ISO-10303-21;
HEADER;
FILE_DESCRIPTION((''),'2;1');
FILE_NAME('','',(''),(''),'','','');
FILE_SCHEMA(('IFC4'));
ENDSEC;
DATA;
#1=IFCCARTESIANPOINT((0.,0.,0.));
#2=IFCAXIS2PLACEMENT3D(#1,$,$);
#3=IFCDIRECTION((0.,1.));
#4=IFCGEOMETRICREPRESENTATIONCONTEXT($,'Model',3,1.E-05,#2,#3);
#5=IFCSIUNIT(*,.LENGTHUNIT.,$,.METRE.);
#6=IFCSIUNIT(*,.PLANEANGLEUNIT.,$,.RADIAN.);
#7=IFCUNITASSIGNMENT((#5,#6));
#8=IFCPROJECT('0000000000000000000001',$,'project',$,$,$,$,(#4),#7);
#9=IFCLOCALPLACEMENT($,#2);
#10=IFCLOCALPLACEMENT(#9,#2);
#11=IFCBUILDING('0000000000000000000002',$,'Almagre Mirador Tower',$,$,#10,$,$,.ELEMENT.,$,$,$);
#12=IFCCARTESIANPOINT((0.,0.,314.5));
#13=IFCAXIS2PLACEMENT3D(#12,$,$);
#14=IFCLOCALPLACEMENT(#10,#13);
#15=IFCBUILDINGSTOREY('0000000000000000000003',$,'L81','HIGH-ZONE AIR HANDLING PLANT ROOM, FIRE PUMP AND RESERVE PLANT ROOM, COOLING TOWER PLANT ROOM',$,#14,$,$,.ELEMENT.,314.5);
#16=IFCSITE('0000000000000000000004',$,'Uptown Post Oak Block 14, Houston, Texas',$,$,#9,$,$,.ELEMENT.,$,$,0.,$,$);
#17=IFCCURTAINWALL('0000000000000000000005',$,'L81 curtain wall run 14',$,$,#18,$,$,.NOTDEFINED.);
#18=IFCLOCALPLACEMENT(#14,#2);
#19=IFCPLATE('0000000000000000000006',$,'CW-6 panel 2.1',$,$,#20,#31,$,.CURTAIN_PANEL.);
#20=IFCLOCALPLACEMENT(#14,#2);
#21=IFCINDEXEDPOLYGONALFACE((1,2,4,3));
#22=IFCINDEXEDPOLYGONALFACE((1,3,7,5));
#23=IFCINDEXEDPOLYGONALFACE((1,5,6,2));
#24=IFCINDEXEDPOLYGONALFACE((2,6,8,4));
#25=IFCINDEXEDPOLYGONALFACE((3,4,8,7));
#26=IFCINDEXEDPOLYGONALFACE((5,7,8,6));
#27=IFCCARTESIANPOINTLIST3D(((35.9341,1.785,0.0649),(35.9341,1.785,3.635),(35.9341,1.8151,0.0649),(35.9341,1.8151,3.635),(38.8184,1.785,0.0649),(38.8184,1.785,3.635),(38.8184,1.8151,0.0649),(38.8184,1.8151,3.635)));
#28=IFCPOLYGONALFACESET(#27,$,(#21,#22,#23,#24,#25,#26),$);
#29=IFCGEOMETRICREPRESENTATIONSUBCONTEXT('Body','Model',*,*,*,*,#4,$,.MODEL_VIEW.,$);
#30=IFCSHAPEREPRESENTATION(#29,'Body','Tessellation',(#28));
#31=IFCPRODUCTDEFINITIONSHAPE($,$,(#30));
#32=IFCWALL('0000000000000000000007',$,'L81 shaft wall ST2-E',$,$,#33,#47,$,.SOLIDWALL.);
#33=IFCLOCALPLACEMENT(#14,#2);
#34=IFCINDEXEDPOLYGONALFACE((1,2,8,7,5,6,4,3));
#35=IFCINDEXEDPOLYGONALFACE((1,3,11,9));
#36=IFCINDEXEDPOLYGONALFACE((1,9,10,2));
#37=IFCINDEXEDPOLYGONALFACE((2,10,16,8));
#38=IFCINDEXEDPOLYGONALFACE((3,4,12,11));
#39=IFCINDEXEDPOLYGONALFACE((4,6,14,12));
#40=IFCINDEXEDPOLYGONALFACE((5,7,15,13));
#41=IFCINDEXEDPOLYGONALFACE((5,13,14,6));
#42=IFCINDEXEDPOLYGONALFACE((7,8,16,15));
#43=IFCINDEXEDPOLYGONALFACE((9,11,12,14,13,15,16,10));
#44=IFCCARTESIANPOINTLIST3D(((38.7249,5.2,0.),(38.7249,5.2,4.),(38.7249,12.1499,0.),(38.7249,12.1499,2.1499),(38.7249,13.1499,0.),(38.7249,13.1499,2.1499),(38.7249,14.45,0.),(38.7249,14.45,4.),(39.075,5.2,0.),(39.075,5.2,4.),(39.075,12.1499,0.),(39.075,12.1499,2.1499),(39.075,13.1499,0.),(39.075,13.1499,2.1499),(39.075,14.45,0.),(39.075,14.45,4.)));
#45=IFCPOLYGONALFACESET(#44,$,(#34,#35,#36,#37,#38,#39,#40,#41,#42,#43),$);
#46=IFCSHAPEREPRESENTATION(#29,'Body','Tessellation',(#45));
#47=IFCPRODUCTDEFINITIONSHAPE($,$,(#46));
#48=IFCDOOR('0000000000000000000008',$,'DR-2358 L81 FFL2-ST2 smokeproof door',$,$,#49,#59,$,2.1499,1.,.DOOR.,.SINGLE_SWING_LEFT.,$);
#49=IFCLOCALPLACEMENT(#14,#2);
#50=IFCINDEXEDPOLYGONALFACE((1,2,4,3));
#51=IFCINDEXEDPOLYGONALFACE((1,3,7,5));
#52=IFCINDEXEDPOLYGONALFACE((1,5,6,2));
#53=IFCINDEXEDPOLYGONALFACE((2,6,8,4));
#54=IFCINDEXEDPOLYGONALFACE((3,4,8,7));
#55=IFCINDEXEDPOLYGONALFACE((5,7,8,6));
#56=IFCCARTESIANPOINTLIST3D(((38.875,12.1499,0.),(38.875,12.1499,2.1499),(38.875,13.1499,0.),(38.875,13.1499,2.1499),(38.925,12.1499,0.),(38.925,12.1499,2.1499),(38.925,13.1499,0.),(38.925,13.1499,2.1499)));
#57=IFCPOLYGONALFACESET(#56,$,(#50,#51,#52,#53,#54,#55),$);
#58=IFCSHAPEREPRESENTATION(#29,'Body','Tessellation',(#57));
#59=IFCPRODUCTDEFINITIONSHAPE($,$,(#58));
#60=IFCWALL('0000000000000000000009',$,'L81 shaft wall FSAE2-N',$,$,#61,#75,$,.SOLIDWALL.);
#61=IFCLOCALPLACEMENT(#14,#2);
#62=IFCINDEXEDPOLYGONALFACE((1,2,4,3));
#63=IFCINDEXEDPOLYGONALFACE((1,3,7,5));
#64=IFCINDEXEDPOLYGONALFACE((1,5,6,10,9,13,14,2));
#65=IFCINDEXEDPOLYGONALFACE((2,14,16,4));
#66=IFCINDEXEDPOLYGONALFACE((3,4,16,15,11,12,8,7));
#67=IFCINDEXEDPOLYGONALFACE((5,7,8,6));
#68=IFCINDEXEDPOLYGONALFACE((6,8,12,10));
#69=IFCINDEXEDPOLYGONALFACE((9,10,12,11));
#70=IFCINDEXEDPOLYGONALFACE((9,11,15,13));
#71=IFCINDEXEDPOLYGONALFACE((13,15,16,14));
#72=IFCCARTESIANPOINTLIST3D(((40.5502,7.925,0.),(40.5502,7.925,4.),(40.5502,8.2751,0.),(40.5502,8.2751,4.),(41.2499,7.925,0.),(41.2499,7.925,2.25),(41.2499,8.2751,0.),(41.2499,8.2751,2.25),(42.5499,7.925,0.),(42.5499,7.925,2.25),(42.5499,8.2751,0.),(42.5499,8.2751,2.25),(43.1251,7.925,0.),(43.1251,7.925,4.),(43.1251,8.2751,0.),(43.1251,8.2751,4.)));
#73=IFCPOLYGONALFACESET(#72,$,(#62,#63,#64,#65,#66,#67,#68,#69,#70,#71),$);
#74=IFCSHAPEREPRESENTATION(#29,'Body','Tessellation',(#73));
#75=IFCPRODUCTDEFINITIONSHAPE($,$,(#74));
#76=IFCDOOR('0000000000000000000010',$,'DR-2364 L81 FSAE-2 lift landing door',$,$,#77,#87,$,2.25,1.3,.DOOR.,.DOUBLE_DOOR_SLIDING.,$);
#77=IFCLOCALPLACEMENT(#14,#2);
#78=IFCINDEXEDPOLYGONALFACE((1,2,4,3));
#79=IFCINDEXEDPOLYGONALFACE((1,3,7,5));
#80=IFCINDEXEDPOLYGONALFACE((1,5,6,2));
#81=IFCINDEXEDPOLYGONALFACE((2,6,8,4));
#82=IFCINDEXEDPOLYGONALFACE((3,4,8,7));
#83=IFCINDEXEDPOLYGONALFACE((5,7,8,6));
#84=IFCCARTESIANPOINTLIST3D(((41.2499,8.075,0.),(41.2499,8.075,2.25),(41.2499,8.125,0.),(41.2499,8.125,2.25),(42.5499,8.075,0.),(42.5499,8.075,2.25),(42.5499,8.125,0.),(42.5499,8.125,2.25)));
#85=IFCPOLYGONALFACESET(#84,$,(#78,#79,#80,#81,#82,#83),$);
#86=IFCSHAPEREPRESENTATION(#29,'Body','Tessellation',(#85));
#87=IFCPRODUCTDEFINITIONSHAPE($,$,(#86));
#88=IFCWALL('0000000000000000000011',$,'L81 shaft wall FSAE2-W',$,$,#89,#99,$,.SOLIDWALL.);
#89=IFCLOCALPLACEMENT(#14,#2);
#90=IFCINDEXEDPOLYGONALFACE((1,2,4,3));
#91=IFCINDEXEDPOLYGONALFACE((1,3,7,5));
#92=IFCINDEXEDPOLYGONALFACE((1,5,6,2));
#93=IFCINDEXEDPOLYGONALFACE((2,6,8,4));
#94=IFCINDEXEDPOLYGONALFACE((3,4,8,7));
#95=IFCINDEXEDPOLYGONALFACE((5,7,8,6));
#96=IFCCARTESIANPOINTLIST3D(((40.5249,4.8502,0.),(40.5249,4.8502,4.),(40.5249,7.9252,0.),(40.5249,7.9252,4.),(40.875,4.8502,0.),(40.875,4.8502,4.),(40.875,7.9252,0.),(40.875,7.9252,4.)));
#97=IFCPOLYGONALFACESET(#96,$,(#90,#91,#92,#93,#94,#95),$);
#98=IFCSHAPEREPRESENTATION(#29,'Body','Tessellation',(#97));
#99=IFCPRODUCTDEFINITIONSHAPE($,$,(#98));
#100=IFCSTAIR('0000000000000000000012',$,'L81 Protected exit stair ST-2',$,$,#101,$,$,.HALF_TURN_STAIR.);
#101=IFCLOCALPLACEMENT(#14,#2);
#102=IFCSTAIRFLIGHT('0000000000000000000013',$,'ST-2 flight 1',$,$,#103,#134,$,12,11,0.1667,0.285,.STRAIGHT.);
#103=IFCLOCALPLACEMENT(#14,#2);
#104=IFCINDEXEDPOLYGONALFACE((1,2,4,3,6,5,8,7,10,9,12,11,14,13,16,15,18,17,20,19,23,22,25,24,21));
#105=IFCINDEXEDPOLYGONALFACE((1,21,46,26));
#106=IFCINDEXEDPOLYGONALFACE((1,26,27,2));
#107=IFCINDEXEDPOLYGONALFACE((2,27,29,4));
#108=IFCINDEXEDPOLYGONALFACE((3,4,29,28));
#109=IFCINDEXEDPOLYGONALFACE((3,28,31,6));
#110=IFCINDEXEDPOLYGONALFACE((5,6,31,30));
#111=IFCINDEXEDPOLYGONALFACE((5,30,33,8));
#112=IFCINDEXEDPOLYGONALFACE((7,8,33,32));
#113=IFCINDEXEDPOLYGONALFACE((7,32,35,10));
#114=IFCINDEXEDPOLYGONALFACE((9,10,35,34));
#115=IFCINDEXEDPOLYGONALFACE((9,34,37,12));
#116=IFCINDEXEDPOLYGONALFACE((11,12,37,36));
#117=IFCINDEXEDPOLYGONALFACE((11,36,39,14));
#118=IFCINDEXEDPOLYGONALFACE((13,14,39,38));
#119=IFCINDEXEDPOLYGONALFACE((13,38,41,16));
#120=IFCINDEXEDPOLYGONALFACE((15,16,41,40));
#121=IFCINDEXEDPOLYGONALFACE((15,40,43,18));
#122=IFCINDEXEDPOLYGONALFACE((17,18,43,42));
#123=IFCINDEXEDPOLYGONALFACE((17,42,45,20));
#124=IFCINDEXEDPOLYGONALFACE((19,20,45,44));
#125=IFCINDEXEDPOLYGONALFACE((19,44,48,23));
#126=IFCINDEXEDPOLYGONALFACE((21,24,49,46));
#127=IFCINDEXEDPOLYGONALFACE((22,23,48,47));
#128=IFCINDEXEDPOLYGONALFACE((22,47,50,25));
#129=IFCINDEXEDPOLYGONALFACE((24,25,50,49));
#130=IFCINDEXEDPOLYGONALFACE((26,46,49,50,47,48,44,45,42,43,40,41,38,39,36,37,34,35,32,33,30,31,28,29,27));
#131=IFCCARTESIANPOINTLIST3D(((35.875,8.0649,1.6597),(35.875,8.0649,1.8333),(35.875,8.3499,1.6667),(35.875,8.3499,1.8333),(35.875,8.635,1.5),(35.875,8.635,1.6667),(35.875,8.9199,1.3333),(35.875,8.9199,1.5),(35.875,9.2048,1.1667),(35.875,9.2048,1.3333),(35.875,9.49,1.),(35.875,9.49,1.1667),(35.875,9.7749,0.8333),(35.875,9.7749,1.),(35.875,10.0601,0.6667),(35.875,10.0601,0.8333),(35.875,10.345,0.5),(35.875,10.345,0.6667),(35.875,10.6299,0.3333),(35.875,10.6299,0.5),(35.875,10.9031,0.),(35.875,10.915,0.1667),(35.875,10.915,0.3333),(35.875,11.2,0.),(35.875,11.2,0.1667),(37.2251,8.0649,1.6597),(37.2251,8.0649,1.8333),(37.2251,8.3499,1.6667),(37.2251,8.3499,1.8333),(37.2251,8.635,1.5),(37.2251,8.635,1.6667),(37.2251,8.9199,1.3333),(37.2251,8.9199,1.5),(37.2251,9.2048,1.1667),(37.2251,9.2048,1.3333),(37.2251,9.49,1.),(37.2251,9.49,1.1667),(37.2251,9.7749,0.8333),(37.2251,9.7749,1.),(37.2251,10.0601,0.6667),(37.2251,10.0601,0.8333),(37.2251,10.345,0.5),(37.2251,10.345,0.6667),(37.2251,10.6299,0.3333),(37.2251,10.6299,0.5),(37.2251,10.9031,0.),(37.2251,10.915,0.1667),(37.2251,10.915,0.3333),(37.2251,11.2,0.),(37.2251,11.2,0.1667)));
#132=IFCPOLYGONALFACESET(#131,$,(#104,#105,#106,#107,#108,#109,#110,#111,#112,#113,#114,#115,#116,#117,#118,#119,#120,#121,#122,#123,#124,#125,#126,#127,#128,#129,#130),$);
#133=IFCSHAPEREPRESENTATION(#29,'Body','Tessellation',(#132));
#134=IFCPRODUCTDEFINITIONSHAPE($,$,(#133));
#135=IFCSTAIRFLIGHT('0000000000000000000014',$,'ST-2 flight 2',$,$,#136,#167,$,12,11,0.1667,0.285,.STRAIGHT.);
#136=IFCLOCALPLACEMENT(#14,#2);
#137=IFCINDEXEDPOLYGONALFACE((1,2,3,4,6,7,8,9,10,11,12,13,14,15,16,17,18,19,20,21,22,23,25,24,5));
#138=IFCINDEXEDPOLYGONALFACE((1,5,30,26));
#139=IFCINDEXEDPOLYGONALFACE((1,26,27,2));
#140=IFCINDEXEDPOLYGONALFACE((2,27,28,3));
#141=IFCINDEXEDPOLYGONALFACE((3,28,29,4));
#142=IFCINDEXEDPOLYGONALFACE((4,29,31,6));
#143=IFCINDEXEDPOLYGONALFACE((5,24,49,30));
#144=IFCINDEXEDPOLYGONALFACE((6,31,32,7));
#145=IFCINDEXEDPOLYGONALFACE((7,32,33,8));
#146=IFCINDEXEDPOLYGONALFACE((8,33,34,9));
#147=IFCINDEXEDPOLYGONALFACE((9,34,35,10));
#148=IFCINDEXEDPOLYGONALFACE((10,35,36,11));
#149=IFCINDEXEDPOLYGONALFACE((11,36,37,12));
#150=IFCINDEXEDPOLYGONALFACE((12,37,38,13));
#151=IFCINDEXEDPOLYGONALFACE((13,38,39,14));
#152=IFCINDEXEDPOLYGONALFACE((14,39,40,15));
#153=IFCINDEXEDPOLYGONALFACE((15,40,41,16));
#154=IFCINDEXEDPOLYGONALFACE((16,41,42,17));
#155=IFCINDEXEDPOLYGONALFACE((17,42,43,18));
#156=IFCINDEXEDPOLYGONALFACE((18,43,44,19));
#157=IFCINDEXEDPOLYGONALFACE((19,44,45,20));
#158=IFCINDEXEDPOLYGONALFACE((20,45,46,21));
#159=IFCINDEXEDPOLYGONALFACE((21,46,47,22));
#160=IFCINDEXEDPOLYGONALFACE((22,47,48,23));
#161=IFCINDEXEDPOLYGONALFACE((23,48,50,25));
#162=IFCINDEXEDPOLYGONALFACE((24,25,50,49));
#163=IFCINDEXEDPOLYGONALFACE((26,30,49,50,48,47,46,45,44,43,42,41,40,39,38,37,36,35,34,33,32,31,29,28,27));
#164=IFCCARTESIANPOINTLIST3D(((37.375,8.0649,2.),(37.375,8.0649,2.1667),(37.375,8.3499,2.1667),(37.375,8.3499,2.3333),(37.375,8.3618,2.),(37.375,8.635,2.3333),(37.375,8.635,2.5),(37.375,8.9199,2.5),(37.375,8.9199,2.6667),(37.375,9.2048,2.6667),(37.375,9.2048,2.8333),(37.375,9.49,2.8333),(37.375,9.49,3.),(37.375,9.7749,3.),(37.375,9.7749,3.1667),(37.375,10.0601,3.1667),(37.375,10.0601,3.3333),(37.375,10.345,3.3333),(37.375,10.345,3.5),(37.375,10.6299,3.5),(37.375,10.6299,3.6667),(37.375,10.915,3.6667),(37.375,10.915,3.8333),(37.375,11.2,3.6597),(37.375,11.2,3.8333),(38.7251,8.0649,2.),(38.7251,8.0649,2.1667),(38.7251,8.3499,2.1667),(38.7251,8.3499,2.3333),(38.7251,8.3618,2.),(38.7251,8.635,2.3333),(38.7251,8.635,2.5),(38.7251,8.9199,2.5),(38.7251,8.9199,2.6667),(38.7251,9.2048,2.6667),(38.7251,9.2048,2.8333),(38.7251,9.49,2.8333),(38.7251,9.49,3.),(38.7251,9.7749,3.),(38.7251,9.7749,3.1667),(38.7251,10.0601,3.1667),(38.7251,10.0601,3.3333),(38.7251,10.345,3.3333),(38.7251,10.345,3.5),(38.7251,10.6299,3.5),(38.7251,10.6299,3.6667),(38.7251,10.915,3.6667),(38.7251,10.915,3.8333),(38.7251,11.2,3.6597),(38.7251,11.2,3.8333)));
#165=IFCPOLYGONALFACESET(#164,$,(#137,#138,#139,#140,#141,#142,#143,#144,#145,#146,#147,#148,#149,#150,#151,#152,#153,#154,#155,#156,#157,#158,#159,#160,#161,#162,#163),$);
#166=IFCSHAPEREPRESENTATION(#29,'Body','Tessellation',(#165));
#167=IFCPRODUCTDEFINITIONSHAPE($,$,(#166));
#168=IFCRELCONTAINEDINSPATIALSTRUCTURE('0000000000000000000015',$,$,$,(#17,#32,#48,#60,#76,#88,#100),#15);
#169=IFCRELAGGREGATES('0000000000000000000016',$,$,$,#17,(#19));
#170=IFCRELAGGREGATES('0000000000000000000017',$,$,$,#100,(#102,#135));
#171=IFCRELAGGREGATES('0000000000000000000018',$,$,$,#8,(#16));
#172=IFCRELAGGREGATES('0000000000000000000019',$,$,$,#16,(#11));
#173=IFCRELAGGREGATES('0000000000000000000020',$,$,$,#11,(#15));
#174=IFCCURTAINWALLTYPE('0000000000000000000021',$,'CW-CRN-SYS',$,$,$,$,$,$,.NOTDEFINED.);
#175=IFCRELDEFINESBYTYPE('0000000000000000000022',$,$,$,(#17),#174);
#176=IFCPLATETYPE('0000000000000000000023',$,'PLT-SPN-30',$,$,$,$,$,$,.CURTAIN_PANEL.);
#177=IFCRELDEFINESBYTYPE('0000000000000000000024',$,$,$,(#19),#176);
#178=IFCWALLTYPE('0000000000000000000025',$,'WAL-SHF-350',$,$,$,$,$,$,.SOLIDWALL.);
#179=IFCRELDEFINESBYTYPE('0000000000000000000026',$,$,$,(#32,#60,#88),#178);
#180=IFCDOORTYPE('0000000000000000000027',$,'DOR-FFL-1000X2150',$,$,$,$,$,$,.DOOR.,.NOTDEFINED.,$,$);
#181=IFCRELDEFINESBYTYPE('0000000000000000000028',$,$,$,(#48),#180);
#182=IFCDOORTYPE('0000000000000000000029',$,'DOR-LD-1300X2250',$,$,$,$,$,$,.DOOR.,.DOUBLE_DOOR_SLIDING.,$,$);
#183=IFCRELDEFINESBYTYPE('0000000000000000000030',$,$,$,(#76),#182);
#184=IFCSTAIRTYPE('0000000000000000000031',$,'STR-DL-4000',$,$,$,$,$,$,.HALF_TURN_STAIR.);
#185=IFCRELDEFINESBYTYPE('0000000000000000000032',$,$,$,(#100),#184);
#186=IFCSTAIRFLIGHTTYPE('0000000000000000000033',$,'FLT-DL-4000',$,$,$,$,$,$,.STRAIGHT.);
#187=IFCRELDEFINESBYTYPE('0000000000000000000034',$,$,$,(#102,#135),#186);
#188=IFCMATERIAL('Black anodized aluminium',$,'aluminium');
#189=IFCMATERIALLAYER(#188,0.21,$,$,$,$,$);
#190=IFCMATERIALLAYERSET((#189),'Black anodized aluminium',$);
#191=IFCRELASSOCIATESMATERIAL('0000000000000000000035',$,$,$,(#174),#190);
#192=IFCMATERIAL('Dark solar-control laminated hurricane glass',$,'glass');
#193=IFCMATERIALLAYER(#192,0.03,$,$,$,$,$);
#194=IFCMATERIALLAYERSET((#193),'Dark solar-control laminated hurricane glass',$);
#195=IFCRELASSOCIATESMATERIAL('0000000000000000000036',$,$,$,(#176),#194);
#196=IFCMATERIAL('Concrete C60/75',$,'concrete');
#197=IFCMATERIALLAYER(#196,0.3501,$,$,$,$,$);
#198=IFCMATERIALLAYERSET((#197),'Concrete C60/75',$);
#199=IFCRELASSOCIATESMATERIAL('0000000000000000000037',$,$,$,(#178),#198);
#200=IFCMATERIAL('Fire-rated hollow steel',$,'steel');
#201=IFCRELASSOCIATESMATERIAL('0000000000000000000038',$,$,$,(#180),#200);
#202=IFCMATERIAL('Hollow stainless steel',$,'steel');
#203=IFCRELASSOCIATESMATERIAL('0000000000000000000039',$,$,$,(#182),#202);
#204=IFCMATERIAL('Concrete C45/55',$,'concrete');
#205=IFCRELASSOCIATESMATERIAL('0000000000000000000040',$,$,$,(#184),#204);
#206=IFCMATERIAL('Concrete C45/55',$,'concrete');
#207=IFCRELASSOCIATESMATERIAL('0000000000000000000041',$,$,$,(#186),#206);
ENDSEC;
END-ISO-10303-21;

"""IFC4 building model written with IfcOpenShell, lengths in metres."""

from ifc_helpers import new_model, si_unit, direction, frame, frame_2d, origin, origin_2d, place, context, subcontext, project, spatial, polyline, rectangle, outline, extrude, material, layer, layer_set, type_object, element, fill, aggregate, save


model = new_model("IFC4")

# Units and contexts
model_context = context("Model", 3, precision=1e-05, world=origin(), true_north=direction((0.0, 1.0)))
body_context = subcontext(model_context, "Body", "Model", "MODEL_VIEW")
ifc_project = project(units=[si_unit("LENGTHUNIT", "METRE"), si_unit("PLANEANGLEUNIT", "RADIAN")], contexts=[model_context])

# Site, building, storey
site_placement = place(None, origin())
site = spatial("IfcSite", under=ifc_project, at=site_placement, Name="Uptown Post Oak Block 14, Houston, Texas", CompositionType="ELEMENT", RefElevation=0.0)
building_placement = place(site_placement, origin())
building = spatial("IfcBuilding", under=site, at=building_placement, Name="Almagre Mirador Tower", CompositionType="ELEMENT")
storey_placement = place(building_placement, frame((0.0, 0.0, 314.5)))
storey = spatial("IfcBuildingStorey", under=building, at=storey_placement, Name="L81", Description="HIGH-ZONE AIR HANDLING PLANT ROOM, FIRE PUMP AND RESERVE PLANT ROOM, COOLING TOWER PLANT ROOM", CompositionType="ELEMENT", Elevation=314.5)

# Curtain wall, plate
ifc_material_1 = material(Name="Black anodized aluminium", Category="aluminium")
ifc_layer_1 = layer(ifc_material_1, 0.21)
ifc_layer_set_1 = layer_set([ifc_layer_1], Name="Black anodized aluminium")
curtain_wall_type = type_object("IfcCurtainWallType", Name="CW-CRN-SYS", PredefinedType="NOTDEFINED", material=ifc_layer_set_1)
curtain_wall_placement = place(storey_placement, origin())
curtain_wall = element("IfcCurtainWall", 1, at=curtain_wall_placement, inside=storey, type_object=curtain_wall_type, Name="L81 curtain wall run 14", PredefinedType="NOTDEFINED")
ifc_material_2 = material(Name="Dark solar-control laminated hurricane glass", Category="glass")
ifc_layer_2 = layer(ifc_material_2, 0.03)
ifc_layer_set_2 = layer_set([ifc_layer_2], Name="Dark solar-control laminated hurricane glass")
plate_type = type_object("IfcPlateType", Name="PLT-SPN-30", PredefinedType="CURTAIN_PANEL", material=ifc_layer_set_2)
plate_1_placement = place(storey_placement, frame((37.3762, 1.8, 0.0649), z_axis=(0.0, 0.0, 1.0), x_axis=(-1.0, 0.0, 0.0)))
plate_1 = element("IfcPlate", 2, at=plate_1_placement, type_object=plate_type, Name="CW-6 panel 2.1", PredefinedType="CURTAIN_PANEL", context=body_context, shape_type="SweptSolid", body=[
    extrude(rectangle(XDim=2.8843, YDim=0.03, at=origin_2d()), origin(), (0.0, 0.0, 1.0), 3.5701),
])
aggregate(curtain_wall, [plate_1])

# Walls, openings, doors
ifc_material_3 = material(Name="Concrete C60/75", Category="concrete")
ifc_layer_3 = layer(ifc_material_3, 0.3501)
ifc_layer_set_3 = layer_set([ifc_layer_3], Name="Concrete C60/75")
wall_type = type_object("IfcWallType", Name="WAL-SHF-350", PredefinedType="SOLIDWALL", material=ifc_layer_set_3)
wall_1_placement = place(storey_placement, frame((38.8999, 5.2, 0.0), z_axis=(0.0, 0.0, 1.0), x_axis=(0.0, 1.0, 0.0)))
wall_1 = element("IfcWall", 3, at=wall_1_placement, inside=storey, type_object=wall_type, Name="L81 shaft wall ST2-E", PredefinedType="SOLIDWALL", context=body_context, shape_type="SweptSolid", body=[
    extrude(rectangle(XDim=9.25, YDim=0.3501, at=frame_2d((4.625, 0.0))), origin(), (0.0, 0.0, 1.0), 4.0),
])
opening_1_placement = place(wall_1_placement, frame((6.95, 0.0, 0.0)))
opening_1 = element("IfcOpeningElement", 4, at=opening_1_placement, cuts=wall_1, PredefinedType="OPENING", context=body_context, shape_type="SweptSolid", body=[
    extrude(rectangle(XDim=1.0, YDim=2.1499, at=frame_2d((0.5, 1.075))), frame((0.0, 0.185, 0.0), z_axis=(0.0, -1.0, 0.0), x_axis=(1.0, 0.0, 0.0)), (0.0, 0.0, 1.0), 0.3701),
])
ifc_material_4 = material(Name="Fire-rated hollow steel", Category="steel")
door_type_1 = type_object("IfcDoorType", Name="DOR-FFL-1000X2150", OperationType="NOTDEFINED", PredefinedType="DOOR", material=ifc_material_4)
door_1_placement = place(opening_1_placement, origin())
door_1 = element("IfcDoor", 5, at=door_1_placement, inside=storey, type_object=door_type_1, Name="DR-2358 L81 FFL2-ST2 smokeproof door", OperationType="SINGLE_SWING_LEFT", OverallHeight=2.1499, OverallWidth=1.0, PredefinedType="DOOR", context=body_context, shape_type="SweptSolid", body=[
    extrude(rectangle(XDim=1.0, YDim=2.1499, at=frame_2d((0.5, 1.075))), frame((0.0, 0.0249, 0.0), z_axis=(0.0, -1.0, 0.0), x_axis=(1.0, 0.0, 0.0)), (0.0, 0.0, 1.0), 0.05),
])
fill(opening_1, door_1)
wall_2_placement = place(storey_placement, frame((40.55, 8.1001, 0.0), z_axis=(0.0, 0.0, 1.0), x_axis=(1.0, 0.0, 0.0)))
wall_2 = element("IfcWall", 6, at=wall_2_placement, inside=storey, type_object=wall_type, Name="L81 shaft wall FSAE2-N", PredefinedType="SOLIDWALL", context=body_context, shape_type="SweptSolid", body=[
    extrude(rectangle(XDim=2.575, YDim=0.3501, at=frame_2d((1.2876, 0.0))), origin(), (0.0, 0.0, 1.0), 4.0),
])
opening_2_placement = place(wall_2_placement, frame((0.7, 0.0, 0.0)))
opening_2 = element("IfcOpeningElement", 7, at=opening_2_placement, cuts=wall_2, PredefinedType="OPENING", context=body_context, shape_type="SweptSolid", body=[
    extrude(rectangle(XDim=1.3, YDim=2.25, at=frame_2d((0.6499, 1.125))), frame((0.0, 0.185, 0.0), z_axis=(0.0, -1.0, 0.0), x_axis=(1.0, 0.0, 0.0)), (0.0, 0.0, 1.0), 0.3701),
])
ifc_material_5 = material(Name="Hollow stainless steel", Category="steel")
door_type_2 = type_object("IfcDoorType", Name="DOR-LD-1300X2250", OperationType="DOUBLE_DOOR_SLIDING", PredefinedType="DOOR", material=ifc_material_5)
door_2_placement = place(opening_2_placement, origin())
door_2 = element("IfcDoor", 8, at=door_2_placement, inside=storey, type_object=door_type_2, Name="DR-2364 L81 FSAE-2 lift landing door", OperationType="DOUBLE_DOOR_SLIDING", OverallHeight=2.25, OverallWidth=1.3, PredefinedType="DOOR", context=body_context, shape_type="SweptSolid", body=[
    extrude(rectangle(XDim=1.3, YDim=2.25, at=frame_2d((0.6499, 1.125))), frame((0.0, 0.0249, 0.0), z_axis=(0.0, -1.0, 0.0), x_axis=(1.0, 0.0, 0.0)), (0.0, 0.0, 1.0), 0.05),
])
fill(opening_2, door_2)

# Wall
wall_3_placement = place(storey_placement, frame((40.7, 4.8501, 0.0), z_axis=(0.0, 0.0, 1.0), x_axis=(0.0, 1.0, 0.0)))
element("IfcWall", 9, at=wall_3_placement, inside=storey, type_object=wall_type, Name="L81 shaft wall FSAE2-W", PredefinedType="SOLIDWALL", context=body_context, shape_type="SweptSolid", body=[
    extrude(rectangle(XDim=3.075, YDim=0.3501, at=frame_2d((1.5376, 0.0))), origin(), (0.0, 0.0, 1.0), 4.0),
])

# Stair, stair flights
ifc_material_6 = material(Name="Concrete C45/55", Category="concrete")
stair_type = type_object("IfcStairType", Name="STR-DL-4000", PredefinedType="HALF_TURN_STAIR", material=ifc_material_6)
stair_placement = place(storey_placement, origin())
stair = element("IfcStair", 10, at=stair_placement, inside=storey, type_object=stair_type, Name="L81 Protected exit stair ST-2", PredefinedType="HALF_TURN_STAIR")
ifc_material_7 = material(Name="Concrete C45/55", Category="concrete")
stair_flight_type = type_object("IfcStairFlightType", Name="FLT-DL-4000", PredefinedType="STRAIGHT", material=ifc_material_7)
stair_flight_1_placement = place(storey_placement, frame((36.55, 11.2, 0.0), z_axis=(0.0, 0.0, 1.0), x_axis=(0.0, -1.0, 0.0)))
stair_flight_1 = element("IfcStairFlight", 11, at=stair_flight_1_placement, type_object=stair_flight_type, Name="ST-2 flight 1", NumberOfRisers=12, NumberOfTreads=11, PredefinedType="STRAIGHT", RiserHeight=0.1667, TreadLength=0.285, context=body_context, shape_type="SweptSolid", body=[
    extrude(outline(polyline([(0.0, 0.0), (0.0, 0.1667), (0.2849, 0.1667), (0.2849, 0.3333), (0.5701, 0.3333), (0.5701, 0.5), (0.855, 0.5), (0.855, 0.6667), (1.1399, 0.6667), (1.1399, 0.8333), (1.425, 0.8333), (1.425, 1.0), (1.71, 1.0), (1.71, 1.1667), (1.9951, 1.1667), (1.9951, 1.3333), (2.28, 1.3333), (2.28, 1.5), (2.5649, 1.5), (2.5649, 1.6667), (2.8501, 1.6667), (2.8501, 1.8333), (3.135, 1.8333), (3.135, 2.0), (3.135, 1.6597), (0.2969, 0.0), (0.0, 0.0)])), frame((0.0, 0.675, 0.0), z_axis=(0.0, -1.0, 0.0), x_axis=(1.0, 0.0, 0.0)), (0.0, 0.0, 1.0), 1.3501),
])
stair_flight_2_placement = place(storey_placement, frame((38.05, 8.0649, 2.0), z_axis=(0.0, 0.0, 1.0), x_axis=(0.0, 1.0, 0.0)))
stair_flight_2 = element("IfcStairFlight", 12, at=stair_flight_2_placement, type_object=stair_flight_type, Name="ST-2 flight 2", NumberOfRisers=12, NumberOfTreads=11, PredefinedType="STRAIGHT", RiserHeight=0.1667, TreadLength=0.285, context=body_context, shape_type="SweptSolid", body=[
    extrude(outline(polyline([(0.0, 0.0), (0.0, 0.1667), (0.2849, 0.1667), (0.2849, 0.3333), (0.5701, 0.3333), (0.5701, 0.5), (0.855, 0.5), (0.855, 0.6667), (1.1399, 0.6667), (1.1399, 0.8333), (1.425, 0.8333), (1.425, 1.0), (1.71, 1.0), (1.71, 1.1667), (1.9951, 1.1667), (1.9951, 1.3333), (2.28, 1.3333), (2.28, 1.5), (2.5649, 1.5), (2.5649, 1.6667), (2.8501, 1.6667), (2.8501, 1.8333), (3.135, 1.8333), (3.135, 2.0), (3.135, 1.6597), (0.2969, 0.0), (0.0, 0.0)])), frame((0.0, 0.675, 0.0), z_axis=(0.0, -1.0, 0.0), x_axis=(1.0, 0.0, 0.0)), (0.0, 0.0, 1.0), 1.3501),
])
aggregate(stair, [stair_flight_1, stair_flight_2])

save(model, "model.ifc")
